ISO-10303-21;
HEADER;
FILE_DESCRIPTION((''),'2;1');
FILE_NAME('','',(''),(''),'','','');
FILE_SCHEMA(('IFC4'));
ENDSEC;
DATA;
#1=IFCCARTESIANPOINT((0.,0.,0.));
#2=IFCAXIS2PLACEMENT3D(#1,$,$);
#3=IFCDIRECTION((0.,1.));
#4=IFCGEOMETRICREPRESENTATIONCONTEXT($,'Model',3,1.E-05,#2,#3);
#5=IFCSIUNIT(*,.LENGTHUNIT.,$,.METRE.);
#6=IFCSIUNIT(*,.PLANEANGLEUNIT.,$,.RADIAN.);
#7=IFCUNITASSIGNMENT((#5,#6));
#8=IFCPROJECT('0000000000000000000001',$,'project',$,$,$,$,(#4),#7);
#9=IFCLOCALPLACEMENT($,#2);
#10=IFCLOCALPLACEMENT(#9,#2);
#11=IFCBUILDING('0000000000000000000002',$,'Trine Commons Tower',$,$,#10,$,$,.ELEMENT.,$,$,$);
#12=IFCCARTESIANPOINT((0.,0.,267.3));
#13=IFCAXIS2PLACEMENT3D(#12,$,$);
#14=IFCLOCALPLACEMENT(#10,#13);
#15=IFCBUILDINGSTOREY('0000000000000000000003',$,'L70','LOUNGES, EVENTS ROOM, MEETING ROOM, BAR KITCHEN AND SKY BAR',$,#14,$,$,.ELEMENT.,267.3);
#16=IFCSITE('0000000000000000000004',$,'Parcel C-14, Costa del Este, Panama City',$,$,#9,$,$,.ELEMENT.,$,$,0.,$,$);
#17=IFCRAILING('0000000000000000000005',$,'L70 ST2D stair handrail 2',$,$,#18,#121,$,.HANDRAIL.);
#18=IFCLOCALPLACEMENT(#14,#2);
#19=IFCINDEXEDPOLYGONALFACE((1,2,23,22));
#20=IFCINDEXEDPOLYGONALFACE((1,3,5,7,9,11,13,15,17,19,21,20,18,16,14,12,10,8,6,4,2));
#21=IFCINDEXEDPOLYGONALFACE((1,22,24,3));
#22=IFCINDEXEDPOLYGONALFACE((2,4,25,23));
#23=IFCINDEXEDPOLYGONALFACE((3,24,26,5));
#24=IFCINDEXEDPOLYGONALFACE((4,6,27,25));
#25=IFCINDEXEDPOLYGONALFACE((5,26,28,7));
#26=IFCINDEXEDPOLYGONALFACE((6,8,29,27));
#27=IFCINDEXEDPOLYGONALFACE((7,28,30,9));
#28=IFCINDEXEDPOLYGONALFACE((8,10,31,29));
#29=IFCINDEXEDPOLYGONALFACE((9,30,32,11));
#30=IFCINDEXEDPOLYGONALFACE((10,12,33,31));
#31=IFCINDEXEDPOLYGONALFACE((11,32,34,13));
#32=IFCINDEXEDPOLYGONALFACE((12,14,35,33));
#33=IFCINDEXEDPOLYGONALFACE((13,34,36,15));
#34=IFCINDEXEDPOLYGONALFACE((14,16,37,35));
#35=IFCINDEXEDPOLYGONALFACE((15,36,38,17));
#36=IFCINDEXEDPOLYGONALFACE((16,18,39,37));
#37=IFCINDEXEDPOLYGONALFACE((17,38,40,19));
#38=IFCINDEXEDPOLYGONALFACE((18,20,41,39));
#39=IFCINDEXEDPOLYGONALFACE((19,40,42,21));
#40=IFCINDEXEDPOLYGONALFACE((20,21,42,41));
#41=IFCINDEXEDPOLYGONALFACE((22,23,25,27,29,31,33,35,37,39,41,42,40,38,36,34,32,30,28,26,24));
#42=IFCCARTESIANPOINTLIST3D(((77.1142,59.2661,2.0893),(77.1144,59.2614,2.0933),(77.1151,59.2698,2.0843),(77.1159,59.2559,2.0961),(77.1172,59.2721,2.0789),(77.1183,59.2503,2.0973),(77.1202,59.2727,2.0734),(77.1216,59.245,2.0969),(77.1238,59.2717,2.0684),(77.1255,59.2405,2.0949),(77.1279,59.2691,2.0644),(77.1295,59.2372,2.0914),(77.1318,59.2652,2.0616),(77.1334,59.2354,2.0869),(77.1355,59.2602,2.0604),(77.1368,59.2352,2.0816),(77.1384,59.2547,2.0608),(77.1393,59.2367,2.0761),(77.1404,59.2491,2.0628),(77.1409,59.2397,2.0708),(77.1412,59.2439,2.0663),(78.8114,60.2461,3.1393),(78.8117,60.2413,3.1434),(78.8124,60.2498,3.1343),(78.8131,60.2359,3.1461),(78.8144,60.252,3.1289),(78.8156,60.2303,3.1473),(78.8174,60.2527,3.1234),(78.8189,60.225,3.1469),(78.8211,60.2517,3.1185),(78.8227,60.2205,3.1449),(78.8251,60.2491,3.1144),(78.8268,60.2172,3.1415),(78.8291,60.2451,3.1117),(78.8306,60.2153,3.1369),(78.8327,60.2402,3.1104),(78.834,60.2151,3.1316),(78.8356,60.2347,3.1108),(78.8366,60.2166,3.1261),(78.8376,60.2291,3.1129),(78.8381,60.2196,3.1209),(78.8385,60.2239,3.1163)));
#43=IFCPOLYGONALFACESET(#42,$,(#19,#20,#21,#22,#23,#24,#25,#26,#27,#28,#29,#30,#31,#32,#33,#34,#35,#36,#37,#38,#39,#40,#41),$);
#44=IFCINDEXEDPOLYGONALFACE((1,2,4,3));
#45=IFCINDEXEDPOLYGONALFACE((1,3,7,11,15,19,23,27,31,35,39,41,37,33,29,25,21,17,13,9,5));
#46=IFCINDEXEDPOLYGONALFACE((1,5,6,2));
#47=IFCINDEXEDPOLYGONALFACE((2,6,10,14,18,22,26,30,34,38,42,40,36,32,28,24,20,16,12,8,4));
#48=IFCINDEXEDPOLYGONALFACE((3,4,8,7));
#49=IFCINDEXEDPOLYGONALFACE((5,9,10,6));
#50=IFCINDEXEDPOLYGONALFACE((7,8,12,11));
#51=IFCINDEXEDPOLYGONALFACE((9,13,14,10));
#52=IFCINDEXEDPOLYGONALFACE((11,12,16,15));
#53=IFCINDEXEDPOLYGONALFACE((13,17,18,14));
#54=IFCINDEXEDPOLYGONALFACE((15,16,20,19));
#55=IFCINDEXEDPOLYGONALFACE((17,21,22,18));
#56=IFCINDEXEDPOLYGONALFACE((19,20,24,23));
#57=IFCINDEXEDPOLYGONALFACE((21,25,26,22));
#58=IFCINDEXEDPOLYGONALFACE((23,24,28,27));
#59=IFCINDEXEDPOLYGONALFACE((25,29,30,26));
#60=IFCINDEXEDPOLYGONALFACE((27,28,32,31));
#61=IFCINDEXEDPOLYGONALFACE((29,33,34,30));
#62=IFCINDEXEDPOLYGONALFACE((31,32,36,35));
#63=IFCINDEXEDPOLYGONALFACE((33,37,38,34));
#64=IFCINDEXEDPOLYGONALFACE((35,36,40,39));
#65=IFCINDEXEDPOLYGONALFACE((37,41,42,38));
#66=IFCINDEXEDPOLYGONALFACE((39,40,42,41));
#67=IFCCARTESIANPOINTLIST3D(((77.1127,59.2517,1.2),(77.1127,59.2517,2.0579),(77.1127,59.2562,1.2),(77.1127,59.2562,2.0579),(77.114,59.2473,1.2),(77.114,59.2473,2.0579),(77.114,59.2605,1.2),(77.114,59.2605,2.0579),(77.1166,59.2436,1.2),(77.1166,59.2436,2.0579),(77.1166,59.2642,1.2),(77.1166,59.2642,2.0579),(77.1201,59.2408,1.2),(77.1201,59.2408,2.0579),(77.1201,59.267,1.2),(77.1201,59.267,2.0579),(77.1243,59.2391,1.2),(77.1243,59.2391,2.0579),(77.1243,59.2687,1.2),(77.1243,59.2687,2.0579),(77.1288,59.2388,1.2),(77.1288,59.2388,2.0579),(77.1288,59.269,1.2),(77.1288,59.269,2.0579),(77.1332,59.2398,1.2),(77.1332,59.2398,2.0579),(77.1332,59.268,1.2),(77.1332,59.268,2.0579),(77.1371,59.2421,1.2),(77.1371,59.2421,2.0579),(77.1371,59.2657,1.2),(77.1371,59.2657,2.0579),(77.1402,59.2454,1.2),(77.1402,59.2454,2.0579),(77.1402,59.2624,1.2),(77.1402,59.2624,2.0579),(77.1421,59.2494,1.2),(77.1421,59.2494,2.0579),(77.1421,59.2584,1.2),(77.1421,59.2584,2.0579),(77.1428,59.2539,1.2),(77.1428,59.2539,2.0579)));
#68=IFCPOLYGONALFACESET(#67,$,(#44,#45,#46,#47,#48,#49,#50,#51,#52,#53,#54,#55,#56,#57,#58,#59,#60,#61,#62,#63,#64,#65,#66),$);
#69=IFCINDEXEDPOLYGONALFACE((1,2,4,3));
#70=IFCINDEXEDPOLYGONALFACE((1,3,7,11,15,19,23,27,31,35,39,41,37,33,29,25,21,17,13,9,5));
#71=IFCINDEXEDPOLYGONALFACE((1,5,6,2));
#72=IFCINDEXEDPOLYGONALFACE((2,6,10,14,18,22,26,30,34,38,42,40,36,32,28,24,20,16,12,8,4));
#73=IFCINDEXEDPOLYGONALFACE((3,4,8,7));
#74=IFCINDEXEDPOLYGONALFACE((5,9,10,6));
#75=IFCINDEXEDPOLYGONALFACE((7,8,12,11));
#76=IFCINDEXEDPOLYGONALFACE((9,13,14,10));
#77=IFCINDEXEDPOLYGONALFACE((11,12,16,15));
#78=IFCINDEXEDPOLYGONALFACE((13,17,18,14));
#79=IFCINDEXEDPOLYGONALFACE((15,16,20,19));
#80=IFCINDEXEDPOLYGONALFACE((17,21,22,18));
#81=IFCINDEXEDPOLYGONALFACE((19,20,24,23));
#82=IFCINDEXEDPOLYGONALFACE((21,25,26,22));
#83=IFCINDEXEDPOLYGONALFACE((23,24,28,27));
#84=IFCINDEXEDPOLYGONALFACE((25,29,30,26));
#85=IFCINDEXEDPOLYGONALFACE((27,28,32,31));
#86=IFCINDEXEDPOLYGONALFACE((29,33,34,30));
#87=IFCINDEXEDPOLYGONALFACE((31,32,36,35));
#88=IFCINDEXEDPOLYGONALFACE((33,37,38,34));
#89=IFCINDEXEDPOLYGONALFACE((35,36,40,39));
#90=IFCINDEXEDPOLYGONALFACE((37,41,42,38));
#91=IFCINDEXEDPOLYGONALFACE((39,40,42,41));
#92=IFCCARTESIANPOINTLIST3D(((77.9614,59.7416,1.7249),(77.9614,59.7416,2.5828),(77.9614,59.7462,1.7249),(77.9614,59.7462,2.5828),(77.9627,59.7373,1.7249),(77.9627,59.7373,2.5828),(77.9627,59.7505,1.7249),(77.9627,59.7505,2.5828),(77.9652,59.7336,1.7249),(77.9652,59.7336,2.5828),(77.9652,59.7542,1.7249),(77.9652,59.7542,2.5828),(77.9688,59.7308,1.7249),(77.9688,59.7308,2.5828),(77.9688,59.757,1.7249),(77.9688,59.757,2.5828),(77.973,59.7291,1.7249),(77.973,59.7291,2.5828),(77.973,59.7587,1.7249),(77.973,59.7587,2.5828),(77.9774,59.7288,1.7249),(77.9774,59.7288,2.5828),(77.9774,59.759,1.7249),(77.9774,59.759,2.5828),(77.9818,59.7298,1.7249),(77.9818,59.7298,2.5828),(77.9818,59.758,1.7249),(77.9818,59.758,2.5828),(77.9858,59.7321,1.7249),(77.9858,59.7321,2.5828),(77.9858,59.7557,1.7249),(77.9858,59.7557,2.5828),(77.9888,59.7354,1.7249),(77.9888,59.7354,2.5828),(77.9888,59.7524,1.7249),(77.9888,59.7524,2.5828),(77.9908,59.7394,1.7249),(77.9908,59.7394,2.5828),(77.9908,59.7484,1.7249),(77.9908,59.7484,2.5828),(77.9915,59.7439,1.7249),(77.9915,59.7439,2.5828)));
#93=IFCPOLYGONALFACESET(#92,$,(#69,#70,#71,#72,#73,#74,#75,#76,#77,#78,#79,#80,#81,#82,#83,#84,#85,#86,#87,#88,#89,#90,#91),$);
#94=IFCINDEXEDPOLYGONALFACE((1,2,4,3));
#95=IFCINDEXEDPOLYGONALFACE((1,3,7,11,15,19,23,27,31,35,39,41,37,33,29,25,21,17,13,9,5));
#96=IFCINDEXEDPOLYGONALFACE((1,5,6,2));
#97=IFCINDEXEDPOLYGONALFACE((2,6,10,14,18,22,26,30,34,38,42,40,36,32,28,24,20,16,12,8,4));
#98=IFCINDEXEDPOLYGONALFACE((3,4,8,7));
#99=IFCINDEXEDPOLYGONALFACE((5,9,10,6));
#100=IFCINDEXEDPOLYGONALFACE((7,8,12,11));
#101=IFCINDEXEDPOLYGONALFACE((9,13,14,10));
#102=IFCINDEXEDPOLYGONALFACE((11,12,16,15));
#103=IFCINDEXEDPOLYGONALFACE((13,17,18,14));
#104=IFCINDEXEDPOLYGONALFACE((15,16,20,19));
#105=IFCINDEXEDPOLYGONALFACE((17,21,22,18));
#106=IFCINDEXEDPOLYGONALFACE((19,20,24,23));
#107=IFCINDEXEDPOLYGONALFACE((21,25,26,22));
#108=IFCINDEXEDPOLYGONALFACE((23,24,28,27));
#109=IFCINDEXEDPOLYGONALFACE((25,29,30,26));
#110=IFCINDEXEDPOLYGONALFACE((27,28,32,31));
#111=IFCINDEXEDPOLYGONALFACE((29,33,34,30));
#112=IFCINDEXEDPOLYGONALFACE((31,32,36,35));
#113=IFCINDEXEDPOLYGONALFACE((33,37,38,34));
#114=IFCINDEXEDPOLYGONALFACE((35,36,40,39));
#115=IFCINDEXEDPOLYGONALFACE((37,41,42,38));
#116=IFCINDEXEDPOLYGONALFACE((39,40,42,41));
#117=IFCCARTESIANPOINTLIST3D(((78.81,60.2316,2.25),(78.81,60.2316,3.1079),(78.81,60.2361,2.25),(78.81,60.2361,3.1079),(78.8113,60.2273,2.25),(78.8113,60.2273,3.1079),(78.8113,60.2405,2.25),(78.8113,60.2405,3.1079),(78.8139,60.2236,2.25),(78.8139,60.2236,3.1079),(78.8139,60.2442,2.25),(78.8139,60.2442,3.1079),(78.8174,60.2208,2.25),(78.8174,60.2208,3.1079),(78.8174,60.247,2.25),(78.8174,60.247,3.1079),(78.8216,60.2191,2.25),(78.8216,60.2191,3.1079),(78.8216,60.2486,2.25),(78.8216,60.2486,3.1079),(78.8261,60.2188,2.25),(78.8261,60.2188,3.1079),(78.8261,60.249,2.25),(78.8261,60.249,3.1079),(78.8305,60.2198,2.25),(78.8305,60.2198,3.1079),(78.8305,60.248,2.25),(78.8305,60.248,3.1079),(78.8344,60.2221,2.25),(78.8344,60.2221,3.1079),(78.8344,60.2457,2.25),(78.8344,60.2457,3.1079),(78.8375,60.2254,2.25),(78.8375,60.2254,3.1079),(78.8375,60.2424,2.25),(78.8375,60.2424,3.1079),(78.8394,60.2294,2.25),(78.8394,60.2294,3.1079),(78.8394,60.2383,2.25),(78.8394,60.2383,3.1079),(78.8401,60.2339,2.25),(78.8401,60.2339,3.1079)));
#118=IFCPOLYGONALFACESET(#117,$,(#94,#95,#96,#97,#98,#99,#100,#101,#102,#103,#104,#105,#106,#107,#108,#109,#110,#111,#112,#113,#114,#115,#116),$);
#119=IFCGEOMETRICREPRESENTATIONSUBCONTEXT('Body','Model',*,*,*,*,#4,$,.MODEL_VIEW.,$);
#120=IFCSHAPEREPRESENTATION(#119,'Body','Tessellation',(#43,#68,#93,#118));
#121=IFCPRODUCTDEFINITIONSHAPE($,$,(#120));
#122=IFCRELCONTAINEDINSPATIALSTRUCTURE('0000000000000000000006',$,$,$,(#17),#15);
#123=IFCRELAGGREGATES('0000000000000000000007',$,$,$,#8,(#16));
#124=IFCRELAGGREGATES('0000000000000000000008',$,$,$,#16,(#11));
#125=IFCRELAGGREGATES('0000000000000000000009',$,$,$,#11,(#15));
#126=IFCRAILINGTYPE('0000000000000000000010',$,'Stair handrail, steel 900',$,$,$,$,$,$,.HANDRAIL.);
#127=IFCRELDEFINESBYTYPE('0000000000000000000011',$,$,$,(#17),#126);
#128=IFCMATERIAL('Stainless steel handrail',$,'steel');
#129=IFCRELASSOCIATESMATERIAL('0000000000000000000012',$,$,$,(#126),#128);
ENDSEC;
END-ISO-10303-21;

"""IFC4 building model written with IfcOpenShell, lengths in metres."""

from ifc_helpers import new_model, si_unit, direction, frame, origin, origin_2d, place, context, subcontext, project, spatial, circle, extrude, material, type_object, element, save


model = new_model("IFC4")

# Units and contexts
model_context = context("Model", 3, precision=1e-05, world=origin(), true_north=direction((0.0, 1.0)))
body_context = subcontext(model_context, "Body", "Model", "MODEL_VIEW")
ifc_project = project(units=[si_unit("LENGTHUNIT", "METRE"), si_unit("PLANEANGLEUNIT", "RADIAN")], contexts=[model_context])

# Site, building, storey
site_placement = place(None, origin())
site = spatial("IfcSite", under=ifc_project, at=site_placement, Name="Parcel C-14, Costa del Este, Panama City", CompositionType="ELEMENT", RefElevation=0.0)
building_placement = place(site_placement, origin())
building = spatial("IfcBuilding", under=site, at=building_placement, Name="Trine Commons Tower", CompositionType="ELEMENT")
storey_placement = place(building_placement, frame((0.0, 0.0, 267.3)))
storey = spatial("IfcBuildingStorey", under=building, at=storey_placement, Name="L70", Description="LOUNGES, EVENTS ROOM, MEETING ROOM, BAR KITCHEN AND SKY BAR", CompositionType="ELEMENT", Elevation=267.3)

# Railing
ifc_material_1 = material(Name="Stainless steel handrail", Category="steel")
railing_type_1 = type_object("IfcRailingType", Name="Stair handrail, steel 900", PredefinedType="HANDRAIL", material=ifc_material_1)
railing_1_placement = place(storey_placement, frame((77.1277, 59.2539, 1.2)))
element("IfcRailing", 1, at=railing_1_placement, inside=storey, type_object=railing_type_1, Name="L70 ST2D stair handrail 2", PredefinedType="HANDRAIL", context=body_context, shape_type="SweptSolid", body=[
    extrude(circle(Radius=0.021, at=origin_2d()), frame((0.0, 0.0, 0.8789), z_axis=(0.763352, 0.44075, 0.472264), x_axis=(-0.500024, 0.866011, 0.0)), (0.0, 0.0, 1.0), 2.2234),
    extrude(circle(Radius=0.0151, at=origin_2d()), origin(), (0.0, 0.0, 1.0), 0.8579),
    extrude(circle(Radius=0.0151, at=origin_2d()), frame((0.8486, 0.49, 0.5249)), (0.0, 0.0, 1.0), 0.8579),
    extrude(circle(Radius=0.0151, at=origin_2d()), frame((1.6973, 0.98, 1.05)), (0.0, 0.0, 1.0), 0.8579),
])

save(model, "model.ifc")
